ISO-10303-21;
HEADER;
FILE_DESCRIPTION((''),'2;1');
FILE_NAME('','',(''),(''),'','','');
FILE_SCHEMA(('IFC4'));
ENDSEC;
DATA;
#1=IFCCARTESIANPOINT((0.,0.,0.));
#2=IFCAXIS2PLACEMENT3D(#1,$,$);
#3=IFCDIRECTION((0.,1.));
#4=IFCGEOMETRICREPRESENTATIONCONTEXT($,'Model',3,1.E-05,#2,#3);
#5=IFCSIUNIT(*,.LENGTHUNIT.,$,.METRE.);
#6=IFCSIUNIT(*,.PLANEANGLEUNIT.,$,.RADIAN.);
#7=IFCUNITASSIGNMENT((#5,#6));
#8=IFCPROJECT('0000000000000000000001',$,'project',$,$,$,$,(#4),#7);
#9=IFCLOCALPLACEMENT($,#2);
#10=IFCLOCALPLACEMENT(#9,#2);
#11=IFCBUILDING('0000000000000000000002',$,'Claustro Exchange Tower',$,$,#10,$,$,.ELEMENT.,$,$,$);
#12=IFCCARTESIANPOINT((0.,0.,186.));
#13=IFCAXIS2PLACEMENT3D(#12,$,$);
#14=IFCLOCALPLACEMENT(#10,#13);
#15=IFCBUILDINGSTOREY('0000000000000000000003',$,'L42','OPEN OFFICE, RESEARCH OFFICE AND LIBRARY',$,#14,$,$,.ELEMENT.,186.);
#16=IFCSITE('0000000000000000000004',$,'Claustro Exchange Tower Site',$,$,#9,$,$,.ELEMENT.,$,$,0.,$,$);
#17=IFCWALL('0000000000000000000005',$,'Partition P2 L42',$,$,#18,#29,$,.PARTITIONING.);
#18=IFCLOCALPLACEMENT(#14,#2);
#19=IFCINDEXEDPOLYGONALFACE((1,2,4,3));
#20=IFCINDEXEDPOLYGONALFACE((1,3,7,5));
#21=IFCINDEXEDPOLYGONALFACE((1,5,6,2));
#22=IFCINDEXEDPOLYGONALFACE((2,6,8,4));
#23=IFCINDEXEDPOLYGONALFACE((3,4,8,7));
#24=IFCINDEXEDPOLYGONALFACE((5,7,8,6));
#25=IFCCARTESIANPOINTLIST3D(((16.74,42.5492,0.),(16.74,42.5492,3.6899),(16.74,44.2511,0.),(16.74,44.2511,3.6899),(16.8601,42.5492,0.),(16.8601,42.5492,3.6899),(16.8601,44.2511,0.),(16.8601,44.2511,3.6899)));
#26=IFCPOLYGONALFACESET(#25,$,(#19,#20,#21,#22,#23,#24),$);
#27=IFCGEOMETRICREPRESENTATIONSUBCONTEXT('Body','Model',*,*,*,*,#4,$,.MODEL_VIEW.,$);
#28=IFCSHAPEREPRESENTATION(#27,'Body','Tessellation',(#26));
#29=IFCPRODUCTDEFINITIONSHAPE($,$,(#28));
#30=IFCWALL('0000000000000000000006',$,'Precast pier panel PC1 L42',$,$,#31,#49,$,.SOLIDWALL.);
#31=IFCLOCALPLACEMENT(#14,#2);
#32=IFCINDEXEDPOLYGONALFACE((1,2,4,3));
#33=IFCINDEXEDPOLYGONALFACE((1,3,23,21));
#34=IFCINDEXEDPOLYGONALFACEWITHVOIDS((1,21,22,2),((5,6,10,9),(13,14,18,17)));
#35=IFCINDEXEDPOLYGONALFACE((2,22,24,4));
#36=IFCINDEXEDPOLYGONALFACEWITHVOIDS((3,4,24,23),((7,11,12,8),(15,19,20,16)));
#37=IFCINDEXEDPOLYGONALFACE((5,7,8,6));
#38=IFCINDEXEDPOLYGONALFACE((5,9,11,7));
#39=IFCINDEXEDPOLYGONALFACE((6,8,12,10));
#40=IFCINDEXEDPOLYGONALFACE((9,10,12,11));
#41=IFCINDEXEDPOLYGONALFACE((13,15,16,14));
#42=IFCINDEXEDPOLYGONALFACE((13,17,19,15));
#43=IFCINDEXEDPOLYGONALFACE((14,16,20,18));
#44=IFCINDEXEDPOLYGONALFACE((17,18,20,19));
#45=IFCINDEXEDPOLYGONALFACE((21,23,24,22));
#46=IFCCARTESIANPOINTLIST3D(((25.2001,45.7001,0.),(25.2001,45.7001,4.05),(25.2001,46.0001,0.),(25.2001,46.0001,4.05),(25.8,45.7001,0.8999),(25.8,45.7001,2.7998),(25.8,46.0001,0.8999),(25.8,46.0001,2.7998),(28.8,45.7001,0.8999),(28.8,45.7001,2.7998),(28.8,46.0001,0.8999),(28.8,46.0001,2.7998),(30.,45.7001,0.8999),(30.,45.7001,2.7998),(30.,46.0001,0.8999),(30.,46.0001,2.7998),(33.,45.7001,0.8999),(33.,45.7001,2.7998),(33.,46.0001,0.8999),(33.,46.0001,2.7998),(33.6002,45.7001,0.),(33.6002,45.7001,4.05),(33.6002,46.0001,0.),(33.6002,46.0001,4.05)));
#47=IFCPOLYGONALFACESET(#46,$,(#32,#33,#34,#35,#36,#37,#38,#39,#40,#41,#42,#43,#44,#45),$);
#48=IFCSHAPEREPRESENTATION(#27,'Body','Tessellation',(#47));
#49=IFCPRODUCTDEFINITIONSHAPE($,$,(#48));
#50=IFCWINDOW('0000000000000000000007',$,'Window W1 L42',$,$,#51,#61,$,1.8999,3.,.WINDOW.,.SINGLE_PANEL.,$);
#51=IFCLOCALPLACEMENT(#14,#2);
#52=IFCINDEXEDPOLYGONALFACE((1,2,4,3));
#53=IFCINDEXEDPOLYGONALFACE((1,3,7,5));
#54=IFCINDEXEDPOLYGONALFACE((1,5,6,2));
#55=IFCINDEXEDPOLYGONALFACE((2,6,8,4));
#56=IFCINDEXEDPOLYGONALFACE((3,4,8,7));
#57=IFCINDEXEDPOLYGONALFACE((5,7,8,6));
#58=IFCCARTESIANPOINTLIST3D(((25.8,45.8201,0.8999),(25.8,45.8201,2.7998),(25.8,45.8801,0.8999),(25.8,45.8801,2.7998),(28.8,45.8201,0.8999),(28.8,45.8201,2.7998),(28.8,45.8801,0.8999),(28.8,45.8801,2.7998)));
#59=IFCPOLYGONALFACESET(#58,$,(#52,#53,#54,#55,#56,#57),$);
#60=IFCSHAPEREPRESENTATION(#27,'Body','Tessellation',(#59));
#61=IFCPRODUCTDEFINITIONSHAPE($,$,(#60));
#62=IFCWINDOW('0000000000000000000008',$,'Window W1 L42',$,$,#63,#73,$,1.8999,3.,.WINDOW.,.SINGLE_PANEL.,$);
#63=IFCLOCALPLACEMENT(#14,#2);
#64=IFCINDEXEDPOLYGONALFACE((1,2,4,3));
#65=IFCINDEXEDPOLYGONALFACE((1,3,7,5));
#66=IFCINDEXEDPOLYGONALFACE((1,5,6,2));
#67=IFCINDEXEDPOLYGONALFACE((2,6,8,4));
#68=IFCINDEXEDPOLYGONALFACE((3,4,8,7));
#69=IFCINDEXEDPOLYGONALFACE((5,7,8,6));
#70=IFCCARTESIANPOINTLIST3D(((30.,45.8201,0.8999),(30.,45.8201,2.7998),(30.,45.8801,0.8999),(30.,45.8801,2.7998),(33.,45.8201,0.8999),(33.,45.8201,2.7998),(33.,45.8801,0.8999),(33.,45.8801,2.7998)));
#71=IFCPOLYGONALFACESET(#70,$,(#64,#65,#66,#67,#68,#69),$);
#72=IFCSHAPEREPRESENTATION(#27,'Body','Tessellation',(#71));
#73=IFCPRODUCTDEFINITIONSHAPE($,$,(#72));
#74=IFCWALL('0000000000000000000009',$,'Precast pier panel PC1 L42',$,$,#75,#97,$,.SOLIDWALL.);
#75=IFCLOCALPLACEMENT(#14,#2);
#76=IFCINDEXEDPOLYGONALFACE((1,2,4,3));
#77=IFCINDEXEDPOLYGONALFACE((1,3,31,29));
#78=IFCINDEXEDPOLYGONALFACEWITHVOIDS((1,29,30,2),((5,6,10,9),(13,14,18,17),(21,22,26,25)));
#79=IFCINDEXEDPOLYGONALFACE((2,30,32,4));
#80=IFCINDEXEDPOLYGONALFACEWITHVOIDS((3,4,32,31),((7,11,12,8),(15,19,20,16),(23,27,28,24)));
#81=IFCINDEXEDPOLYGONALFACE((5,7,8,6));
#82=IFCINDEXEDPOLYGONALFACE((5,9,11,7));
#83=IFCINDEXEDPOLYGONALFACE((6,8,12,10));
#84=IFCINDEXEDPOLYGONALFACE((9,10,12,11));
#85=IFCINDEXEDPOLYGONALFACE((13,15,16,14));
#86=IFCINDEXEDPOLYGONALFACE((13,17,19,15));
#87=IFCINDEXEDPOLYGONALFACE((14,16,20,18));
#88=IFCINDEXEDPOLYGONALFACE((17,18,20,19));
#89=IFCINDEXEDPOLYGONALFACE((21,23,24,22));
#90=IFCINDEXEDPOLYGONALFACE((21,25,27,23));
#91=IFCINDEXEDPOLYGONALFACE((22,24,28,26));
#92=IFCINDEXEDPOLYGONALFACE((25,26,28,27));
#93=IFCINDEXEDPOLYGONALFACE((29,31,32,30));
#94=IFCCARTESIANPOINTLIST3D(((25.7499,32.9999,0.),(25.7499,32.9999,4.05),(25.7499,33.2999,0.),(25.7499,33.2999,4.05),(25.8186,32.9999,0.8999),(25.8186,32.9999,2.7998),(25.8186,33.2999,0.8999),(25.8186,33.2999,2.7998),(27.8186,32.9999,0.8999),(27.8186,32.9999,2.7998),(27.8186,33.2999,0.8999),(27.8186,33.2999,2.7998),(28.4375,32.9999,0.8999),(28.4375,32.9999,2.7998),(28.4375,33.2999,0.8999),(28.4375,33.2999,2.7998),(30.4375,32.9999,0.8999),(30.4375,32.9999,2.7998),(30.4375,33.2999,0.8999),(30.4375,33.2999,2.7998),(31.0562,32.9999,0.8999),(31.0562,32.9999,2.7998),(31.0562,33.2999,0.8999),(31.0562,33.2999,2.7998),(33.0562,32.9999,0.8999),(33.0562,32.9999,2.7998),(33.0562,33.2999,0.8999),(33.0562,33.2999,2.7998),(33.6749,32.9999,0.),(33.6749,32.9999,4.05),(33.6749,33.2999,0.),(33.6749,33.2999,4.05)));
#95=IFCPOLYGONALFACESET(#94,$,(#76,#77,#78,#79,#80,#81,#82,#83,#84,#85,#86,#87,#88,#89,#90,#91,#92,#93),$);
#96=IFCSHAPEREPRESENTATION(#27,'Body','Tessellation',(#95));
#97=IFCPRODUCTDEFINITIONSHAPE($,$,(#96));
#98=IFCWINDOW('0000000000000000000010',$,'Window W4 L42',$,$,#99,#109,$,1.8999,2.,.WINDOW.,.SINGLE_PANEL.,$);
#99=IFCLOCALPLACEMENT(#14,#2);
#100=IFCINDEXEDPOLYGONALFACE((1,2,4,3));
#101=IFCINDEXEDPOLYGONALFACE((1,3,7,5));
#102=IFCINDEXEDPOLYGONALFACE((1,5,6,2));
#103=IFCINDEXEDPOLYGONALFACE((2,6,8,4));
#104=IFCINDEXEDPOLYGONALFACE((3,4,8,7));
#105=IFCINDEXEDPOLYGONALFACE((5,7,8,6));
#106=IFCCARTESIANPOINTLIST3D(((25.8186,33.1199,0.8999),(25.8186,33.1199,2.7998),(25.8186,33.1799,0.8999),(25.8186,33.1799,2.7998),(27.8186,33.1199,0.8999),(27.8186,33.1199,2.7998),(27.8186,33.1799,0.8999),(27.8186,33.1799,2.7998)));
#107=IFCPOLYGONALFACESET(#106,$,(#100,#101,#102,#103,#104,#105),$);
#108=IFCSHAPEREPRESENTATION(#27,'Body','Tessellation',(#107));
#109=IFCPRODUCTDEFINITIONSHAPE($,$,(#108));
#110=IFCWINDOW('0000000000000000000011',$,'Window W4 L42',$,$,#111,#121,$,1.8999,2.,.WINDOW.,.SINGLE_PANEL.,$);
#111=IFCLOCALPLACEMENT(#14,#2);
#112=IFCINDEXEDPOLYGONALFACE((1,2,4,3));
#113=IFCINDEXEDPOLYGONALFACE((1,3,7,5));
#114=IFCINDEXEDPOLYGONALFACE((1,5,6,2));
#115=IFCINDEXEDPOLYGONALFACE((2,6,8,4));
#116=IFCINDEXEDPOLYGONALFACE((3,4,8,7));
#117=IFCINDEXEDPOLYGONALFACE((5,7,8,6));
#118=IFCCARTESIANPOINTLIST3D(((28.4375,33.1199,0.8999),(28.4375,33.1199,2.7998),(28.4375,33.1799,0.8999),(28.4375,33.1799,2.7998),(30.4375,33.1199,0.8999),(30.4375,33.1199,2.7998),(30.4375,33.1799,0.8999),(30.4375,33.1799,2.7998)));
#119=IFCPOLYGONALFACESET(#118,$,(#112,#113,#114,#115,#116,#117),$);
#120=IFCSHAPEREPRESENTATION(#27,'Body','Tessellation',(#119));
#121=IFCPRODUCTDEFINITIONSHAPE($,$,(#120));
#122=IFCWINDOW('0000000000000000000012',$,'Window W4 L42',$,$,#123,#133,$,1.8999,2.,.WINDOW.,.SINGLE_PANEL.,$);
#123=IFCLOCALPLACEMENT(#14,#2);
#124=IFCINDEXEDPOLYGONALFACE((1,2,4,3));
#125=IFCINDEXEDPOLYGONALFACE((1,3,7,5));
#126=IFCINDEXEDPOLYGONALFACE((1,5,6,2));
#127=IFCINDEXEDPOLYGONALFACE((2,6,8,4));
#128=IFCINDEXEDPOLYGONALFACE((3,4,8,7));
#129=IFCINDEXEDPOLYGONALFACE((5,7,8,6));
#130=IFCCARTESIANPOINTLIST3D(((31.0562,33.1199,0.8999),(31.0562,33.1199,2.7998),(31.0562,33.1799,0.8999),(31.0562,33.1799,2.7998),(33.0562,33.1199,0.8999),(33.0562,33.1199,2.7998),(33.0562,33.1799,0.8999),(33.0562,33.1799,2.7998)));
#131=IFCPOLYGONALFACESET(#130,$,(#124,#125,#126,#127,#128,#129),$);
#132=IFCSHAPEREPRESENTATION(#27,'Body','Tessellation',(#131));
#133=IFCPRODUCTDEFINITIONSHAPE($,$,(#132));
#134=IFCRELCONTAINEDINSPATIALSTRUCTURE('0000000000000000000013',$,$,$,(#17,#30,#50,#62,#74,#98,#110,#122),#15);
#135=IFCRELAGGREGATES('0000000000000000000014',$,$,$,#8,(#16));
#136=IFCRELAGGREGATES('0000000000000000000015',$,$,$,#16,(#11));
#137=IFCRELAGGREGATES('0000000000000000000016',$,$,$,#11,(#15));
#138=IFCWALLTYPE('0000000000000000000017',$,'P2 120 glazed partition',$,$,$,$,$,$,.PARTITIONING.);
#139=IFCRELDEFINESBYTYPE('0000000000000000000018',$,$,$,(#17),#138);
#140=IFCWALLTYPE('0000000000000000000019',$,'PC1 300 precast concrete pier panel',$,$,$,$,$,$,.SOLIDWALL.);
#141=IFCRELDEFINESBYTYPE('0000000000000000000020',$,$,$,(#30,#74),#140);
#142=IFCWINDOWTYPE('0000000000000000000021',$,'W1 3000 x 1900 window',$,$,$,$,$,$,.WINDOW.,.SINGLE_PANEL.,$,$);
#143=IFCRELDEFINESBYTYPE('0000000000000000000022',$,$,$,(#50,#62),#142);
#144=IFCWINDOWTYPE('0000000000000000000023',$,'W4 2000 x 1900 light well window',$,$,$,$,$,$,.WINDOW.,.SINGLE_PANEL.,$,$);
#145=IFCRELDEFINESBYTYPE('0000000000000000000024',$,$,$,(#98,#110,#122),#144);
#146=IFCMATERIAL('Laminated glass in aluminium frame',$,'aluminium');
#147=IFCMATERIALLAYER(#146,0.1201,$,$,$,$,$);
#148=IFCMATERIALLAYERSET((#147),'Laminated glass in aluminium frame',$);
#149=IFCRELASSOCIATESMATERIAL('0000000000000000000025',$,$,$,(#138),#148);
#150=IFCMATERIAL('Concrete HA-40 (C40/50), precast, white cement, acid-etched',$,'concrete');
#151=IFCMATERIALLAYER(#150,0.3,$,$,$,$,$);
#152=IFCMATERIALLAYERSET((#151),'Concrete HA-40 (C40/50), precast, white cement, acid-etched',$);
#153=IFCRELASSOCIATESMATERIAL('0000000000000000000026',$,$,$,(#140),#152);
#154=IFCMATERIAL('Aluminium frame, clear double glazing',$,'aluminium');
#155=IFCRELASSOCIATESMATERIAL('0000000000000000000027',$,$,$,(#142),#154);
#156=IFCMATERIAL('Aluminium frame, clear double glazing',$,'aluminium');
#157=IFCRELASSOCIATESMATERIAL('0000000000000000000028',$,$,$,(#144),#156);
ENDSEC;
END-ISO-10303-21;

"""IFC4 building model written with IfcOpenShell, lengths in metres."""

from ifc_helpers import new_model, si_unit, direction, frame, frame_2d, origin, place, context, subcontext, project, spatial, rectangle, extrude, material, layer, layer_set, type_object, element, fill, save


model = new_model("IFC4")

# Units and contexts
model_context = context("Model", 3, precision=1e-05, world=origin(), true_north=direction((0.0, 1.0)))
body_context = subcontext(model_context, "Body", "Model", "MODEL_VIEW")
ifc_project = project(units=[si_unit("LENGTHUNIT", "METRE"), si_unit("PLANEANGLEUNIT", "RADIAN")], contexts=[model_context])

# Site, building, storey
site_placement = place(None, origin())
site = spatial("IfcSite", under=ifc_project, at=site_placement, Name="Claustro Exchange Tower Site", CompositionType="ELEMENT", RefElevation=0.0)
building_placement = place(site_placement, origin())
building = spatial("IfcBuilding", under=site, at=building_placement, Name="Claustro Exchange Tower", CompositionType="ELEMENT")
storey_placement = place(building_placement, frame((0.0, 0.0, 186.0)))
storey = spatial("IfcBuildingStorey", under=building, at=storey_placement, Name="L42", Description="OPEN OFFICE, RESEARCH OFFICE AND LIBRARY", CompositionType="ELEMENT", Elevation=186.0)

# Wall
ifc_material_1 = material(Name="Laminated glass in aluminium frame", Category="aluminium")
ifc_layer_1 = layer(ifc_material_1, 0.1201)
ifc_layer_set_1 = layer_set([ifc_layer_1], Name="Laminated glass in aluminium frame")
wall_type_1 = type_object("IfcWallType", Name="P2 120 glazed partition", PredefinedType="PARTITIONING", material=ifc_layer_set_1)
wall_1_placement = place(storey_placement, frame((16.8, 42.5491, 0.0), z_axis=(0.0, 0.0, 1.0), x_axis=(0.0, 1.0, 0.0)))
element("IfcWall", 1, at=wall_1_placement, inside=storey, type_object=wall_type_1, Name="Partition P2 L42", PredefinedType="PARTITIONING", context=body_context, shape_type="SweptSolid", body=[
    extrude(rectangle(XDim=1.7019, YDim=0.1201, at=frame_2d((0.8511, 0.0))), origin(), (0.0, 0.0, 1.0), 3.6899),
])

# Walls, openings, windows
ifc_material_2 = material(Name="Concrete HA-40 (C40/50), precast, white cement, acid-etched", Category="concrete")
ifc_layer_2 = layer(ifc_material_2, 0.3)
ifc_layer_set_2 = layer_set([ifc_layer_2], Name="Concrete HA-40 (C40/50), precast, white cement, acid-etched")
wall_type_2 = type_object("IfcWallType", Name="PC1 300 precast concrete pier panel", PredefinedType="SOLIDWALL", material=ifc_layer_set_2)
wall_2_placement = place(storey_placement, frame((25.2, 45.8501, 0.0), z_axis=(0.0, 0.0, 1.0), x_axis=(1.0, 0.0, 0.0)))
wall_2 = element("IfcWall", 2, at=wall_2_placement, inside=storey, type_object=wall_type_2, Name="Precast pier panel PC1 L42", PredefinedType="SOLIDWALL", context=body_context, shape_type="SweptSolid", body=[
    extrude(rectangle(XDim=8.4001, YDim=0.3, at=frame_2d((4.2002, 0.0))), origin(), (0.0, 0.0, 1.0), 4.05),
])
opening_1_placement = place(wall_2_placement, frame((0.6001, 0.0, 0.8999)))
opening_1 = element("IfcOpeningElement", 3, at=opening_1_placement, cuts=wall_2, PredefinedType="OPENING", context=body_context, shape_type="SweptSolid", body=[
    extrude(rectangle(XDim=3.0, YDim=1.8999, at=frame_2d((1.5, 0.95))), frame((0.0, 0.1599, 0.0), z_axis=(0.0, -1.0, 0.0), x_axis=(1.0, 0.0, 0.0)), (0.0, 0.0, 1.0), 0.3201),
])
opening_2_placement = place(wall_2_placement, frame((4.8, 0.0, 0.8999)))
opening_2 = element("IfcOpeningElement", 4, at=opening_2_placement, cuts=wall_2, PredefinedType="OPENING", context=body_context, shape_type="SweptSolid", body=[
    extrude(rectangle(XDim=3.0, YDim=1.8999, at=frame_2d((1.5, 0.95))), frame((0.0, 0.1599, 0.0), z_axis=(0.0, -1.0, 0.0), x_axis=(1.0, 0.0, 0.0)), (0.0, 0.0, 1.0), 0.3201),
])
ifc_material_3 = material(Name="Aluminium frame, clear double glazing", Category="aluminium")
window_type_1 = type_object("IfcWindowType", Name="W1 3000 x 1900 window", PartitioningType="SINGLE_PANEL", PredefinedType="WINDOW", material=ifc_material_3)
window_1_placement = place(opening_1_placement, origin())
window_1 = element("IfcWindow", 5, at=window_1_placement, inside=storey, type_object=window_type_1, Name="Window W1 L42", OverallHeight=1.8999, OverallWidth=3.0, PartitioningType="SINGLE_PANEL", PredefinedType="WINDOW", context=body_context, shape_type="SweptSolid", body=[
    extrude(rectangle(XDim=3.0, YDim=1.8999, at=frame_2d((1.5, 0.95))), frame((0.0, 0.03, 0.0), z_axis=(0.0, -1.0, 0.0), x_axis=(1.0, 0.0, 0.0)), (0.0, 0.0, 1.0), 0.0601),
])
fill(opening_1, window_1)
window_2_placement = place(opening_2_placement, origin())
window_2 = element("IfcWindow", 6, at=window_2_placement, inside=storey, type_object=window_type_1, Name="Window W1 L42", OverallHeight=1.8999, OverallWidth=3.0, PartitioningType="SINGLE_PANEL", PredefinedType="WINDOW", context=body_context, shape_type="SweptSolid", body=[
    extrude(rectangle(XDim=3.0, YDim=1.8999, at=frame_2d((1.5, 0.95))), frame((0.0, 0.03, 0.0), z_axis=(0.0, -1.0, 0.0), x_axis=(1.0, 0.0, 0.0)), (0.0, 0.0, 1.0), 0.0601),
])
fill(opening_2, window_2)
wall_3_placement = place(storey_placement, frame((25.75, 33.1499, 0.0), z_axis=(0.0, 0.0, 1.0), x_axis=(1.0, 0.0, 0.0)))
wall_3 = element("IfcWall", 7, at=wall_3_placement, inside=storey, type_object=wall_type_2, Name="Precast pier panel PC1 L42", PredefinedType="SOLIDWALL", context=body_context, shape_type="SweptSolid", body=[
    extrude(rectangle(XDim=7.925, YDim=0.3, at=frame_2d((3.9624, 0.0))), origin(), (0.0, 0.0, 1.0), 4.05),
])
opening_3_placement = place(wall_3_placement, frame((0.0686, 0.0, 0.8999)))
opening_3 = element("IfcOpeningElement", 8, at=opening_3_placement, cuts=wall_3, PredefinedType="OPENING", context=body_context, shape_type="SweptSolid", body=[
    extrude(rectangle(XDim=2.0, YDim=1.8999, at=frame_2d((1.0, 0.95))), frame((0.0, 0.1599, 0.0), z_axis=(0.0, -1.0, 0.0), x_axis=(1.0, 0.0, 0.0)), (0.0, 0.0, 1.0), 0.3201),
])
opening_4_placement = place(wall_3_placement, frame((2.6875, 0.0, 0.8999)))
opening_4 = element("IfcOpeningElement", 9, at=opening_4_placement, cuts=wall_3, PredefinedType="OPENING", context=body_context, shape_type="SweptSolid", body=[
    extrude(rectangle(XDim=2.0, YDim=1.8999, at=frame_2d((1.0, 0.95))), frame((0.0, 0.1599, 0.0), z_axis=(0.0, -1.0, 0.0), x_axis=(1.0, 0.0, 0.0)), (0.0, 0.0, 1.0), 0.3201),
])
opening_5_placement = place(wall_3_placement, frame((5.3062, 0.0, 0.8999)))
opening_5 = element("IfcOpeningElement", 10, at=opening_5_placement, cuts=wall_3, PredefinedType="OPENING", context=body_context, shape_type="SweptSolid", body=[
    extrude(rectangle(XDim=2.0, YDim=1.8999, at=frame_2d((1.0, 0.95))), frame((0.0, 0.1599, 0.0), z_axis=(0.0, -1.0, 0.0), x_axis=(1.0, 0.0, 0.0)), (0.0, 0.0, 1.0), 0.3201),
])
ifc_material_4 = material(Name="Aluminium frame, clear double glazing", Category="aluminium")
window_type_2 = type_object("IfcWindowType", Name="W4 2000 x 1900 light well window", PartitioningType="SINGLE_PANEL", PredefinedType="WINDOW", material=ifc_material_4)
window_3_placement = place(opening_3_placement, origin())
window_3 = element("IfcWindow", 11, at=window_3_placement, inside=storey, type_object=window_type_2, Name="Window W4 L42", OverallHeight=1.8999, OverallWidth=2.0, PartitioningType="SINGLE_PANEL", PredefinedType="WINDOW", context=body_context, shape_type="SweptSolid", body=[
    extrude(rectangle(XDim=2.0, YDim=1.8999, at=frame_2d((1.0, 0.95))), frame((0.0, 0.03, 0.0), z_axis=(0.0, -1.0, 0.0), x_axis=(1.0, 0.0, 0.0)), (0.0, 0.0, 1.0), 0.0601),
])
fill(opening_3, window_3)
window_4_placement = place(opening_4_placement, origin())
window_4 = element("IfcWindow", 12, at=window_4_placement, inside=storey, type_object=window_type_2, Name="Window W4 L42", OverallHeight=1.8999, OverallWidth=2.0, PartitioningType="SINGLE_PANEL", PredefinedType="WINDOW", context=body_context, shape_type="SweptSolid", body=[
    extrude(rectangle(XDim=2.0, YDim=1.8999, at=frame_2d((1.0, 0.95))), frame((0.0, 0.03, 0.0), z_axis=(0.0, -1.0, 0.0), x_axis=(1.0, 0.0, 0.0)), (0.0, 0.0, 1.0), 0.0601),
])
fill(opening_4, window_4)
window_5_placement = place(opening_5_placement, origin())
window_5 = element("IfcWindow", 13, at=window_5_placement, inside=storey, type_object=window_type_2, Name="Window W4 L42", OverallHeight=1.8999, OverallWidth=2.0, PartitioningType="SINGLE_PANEL", PredefinedType="WINDOW", context=body_context, shape_type="SweptSolid", body=[
    extrude(rectangle(XDim=2.0, YDim=1.8999, at=frame_2d((1.0, 0.95))), frame((0.0, 0.03, 0.0), z_axis=(0.0, -1.0, 0.0), x_axis=(1.0, 0.0, 0.0)), (0.0, 0.0, 1.0), 0.0601),
])
fill(opening_5, window_5)

save(model, "model.ifc")
